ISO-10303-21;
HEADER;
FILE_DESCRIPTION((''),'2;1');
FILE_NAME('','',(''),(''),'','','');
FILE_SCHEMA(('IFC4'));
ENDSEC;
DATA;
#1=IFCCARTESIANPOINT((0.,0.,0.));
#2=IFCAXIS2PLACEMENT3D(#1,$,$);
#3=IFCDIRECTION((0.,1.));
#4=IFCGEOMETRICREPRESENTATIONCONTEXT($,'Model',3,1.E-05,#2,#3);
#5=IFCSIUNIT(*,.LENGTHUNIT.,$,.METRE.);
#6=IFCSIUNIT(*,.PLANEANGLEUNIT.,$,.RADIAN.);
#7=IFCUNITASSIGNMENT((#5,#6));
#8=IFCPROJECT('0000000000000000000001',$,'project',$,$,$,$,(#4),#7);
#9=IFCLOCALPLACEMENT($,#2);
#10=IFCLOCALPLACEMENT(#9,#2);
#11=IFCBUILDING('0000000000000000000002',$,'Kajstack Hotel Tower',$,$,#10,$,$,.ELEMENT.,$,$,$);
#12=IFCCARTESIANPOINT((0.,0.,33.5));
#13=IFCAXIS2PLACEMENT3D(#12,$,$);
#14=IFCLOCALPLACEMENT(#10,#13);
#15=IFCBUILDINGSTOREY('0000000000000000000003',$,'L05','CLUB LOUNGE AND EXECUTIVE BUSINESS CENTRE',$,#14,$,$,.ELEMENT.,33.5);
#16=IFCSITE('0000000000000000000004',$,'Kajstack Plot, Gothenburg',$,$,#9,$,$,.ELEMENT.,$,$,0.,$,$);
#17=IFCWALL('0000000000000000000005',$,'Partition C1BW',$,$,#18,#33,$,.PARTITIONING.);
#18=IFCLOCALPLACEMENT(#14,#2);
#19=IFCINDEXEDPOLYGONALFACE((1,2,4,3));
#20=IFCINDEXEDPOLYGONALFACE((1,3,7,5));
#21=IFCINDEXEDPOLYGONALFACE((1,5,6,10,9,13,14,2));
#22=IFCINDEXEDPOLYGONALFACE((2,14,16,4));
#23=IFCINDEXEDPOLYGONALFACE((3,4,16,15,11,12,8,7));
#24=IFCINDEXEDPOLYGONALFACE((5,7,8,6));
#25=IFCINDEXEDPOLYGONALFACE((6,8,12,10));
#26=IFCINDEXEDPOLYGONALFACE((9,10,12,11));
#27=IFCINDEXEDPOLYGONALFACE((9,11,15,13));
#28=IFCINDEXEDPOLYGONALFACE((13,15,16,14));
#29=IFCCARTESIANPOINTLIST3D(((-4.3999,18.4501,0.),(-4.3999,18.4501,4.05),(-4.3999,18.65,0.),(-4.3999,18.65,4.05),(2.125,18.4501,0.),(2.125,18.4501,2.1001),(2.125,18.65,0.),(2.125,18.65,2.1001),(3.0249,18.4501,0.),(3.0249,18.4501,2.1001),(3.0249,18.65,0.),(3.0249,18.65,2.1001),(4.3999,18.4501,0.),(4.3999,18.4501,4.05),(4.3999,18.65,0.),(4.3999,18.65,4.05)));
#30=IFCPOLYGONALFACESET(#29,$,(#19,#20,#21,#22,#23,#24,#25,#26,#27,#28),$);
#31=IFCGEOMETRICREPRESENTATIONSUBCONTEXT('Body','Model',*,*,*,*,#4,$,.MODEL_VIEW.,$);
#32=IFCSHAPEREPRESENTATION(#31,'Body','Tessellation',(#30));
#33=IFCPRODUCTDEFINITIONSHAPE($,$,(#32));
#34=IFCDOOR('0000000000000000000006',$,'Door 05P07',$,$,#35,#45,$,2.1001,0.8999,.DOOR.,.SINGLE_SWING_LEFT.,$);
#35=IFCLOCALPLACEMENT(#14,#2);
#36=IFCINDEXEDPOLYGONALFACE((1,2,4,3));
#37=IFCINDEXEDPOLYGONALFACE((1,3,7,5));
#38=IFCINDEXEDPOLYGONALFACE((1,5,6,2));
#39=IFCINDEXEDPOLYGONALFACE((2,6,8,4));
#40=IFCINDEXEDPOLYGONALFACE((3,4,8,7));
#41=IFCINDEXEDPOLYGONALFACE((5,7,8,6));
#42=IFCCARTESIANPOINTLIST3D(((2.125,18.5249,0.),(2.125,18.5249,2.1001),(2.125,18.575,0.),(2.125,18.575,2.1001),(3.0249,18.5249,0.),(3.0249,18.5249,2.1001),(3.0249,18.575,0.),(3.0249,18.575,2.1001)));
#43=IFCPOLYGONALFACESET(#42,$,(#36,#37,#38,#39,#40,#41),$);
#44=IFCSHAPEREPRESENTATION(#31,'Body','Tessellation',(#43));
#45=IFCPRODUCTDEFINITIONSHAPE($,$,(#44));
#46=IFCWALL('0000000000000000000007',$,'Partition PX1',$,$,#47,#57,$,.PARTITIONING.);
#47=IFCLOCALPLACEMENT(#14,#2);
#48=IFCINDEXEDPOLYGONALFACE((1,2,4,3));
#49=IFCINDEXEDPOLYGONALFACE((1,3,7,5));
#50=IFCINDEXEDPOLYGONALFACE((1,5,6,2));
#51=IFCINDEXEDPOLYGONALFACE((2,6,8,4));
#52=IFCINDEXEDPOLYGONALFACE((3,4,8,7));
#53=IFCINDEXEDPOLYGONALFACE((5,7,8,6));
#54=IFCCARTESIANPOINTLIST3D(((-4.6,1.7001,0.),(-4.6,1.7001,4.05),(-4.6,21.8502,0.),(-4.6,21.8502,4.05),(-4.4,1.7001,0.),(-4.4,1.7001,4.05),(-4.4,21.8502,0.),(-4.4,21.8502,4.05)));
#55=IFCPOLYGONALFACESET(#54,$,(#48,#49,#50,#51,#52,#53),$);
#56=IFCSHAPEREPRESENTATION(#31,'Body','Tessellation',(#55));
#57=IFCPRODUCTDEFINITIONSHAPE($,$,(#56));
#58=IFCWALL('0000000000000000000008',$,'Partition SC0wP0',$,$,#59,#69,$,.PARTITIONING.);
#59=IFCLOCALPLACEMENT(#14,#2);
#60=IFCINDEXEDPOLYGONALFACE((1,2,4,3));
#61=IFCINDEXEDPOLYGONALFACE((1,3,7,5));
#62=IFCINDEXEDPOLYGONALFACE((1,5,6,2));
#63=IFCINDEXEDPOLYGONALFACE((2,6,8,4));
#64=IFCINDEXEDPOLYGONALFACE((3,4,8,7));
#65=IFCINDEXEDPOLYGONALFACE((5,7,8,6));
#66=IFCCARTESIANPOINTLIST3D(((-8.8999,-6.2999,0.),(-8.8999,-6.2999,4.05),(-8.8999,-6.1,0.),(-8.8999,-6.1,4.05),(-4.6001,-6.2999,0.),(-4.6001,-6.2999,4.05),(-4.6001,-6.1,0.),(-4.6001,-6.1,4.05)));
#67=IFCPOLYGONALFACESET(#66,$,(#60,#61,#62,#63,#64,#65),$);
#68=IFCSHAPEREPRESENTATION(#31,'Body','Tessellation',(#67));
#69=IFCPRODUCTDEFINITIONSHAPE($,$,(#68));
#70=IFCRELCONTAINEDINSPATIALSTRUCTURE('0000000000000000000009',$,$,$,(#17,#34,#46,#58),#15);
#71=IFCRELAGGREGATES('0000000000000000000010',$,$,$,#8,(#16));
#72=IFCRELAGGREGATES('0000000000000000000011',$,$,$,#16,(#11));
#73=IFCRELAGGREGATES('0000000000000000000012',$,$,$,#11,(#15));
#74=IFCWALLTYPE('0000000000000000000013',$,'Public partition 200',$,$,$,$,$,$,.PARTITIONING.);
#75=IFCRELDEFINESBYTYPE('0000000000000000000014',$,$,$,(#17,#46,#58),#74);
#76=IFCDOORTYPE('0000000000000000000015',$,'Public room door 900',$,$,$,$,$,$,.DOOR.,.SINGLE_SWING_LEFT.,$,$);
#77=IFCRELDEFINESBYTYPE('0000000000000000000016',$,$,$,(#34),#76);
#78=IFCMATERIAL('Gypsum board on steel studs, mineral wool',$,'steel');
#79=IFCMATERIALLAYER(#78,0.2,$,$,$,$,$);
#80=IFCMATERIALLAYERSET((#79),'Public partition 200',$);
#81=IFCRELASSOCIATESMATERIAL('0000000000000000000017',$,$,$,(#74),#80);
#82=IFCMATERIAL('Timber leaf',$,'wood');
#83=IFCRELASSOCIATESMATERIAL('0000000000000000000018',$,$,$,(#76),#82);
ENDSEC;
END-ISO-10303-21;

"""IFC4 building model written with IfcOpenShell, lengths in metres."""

from ifc_helpers import new_model, si_unit, direction, frame, frame_2d, origin, place, context, subcontext, project, spatial, rectangle, extrude, material, layer, layer_set, type_object, element, fill, save


model = new_model("IFC4")

# Units and contexts
model_context = context("Model", 3, precision=1e-05, world=origin(), true_north=direction((0.0, 1.0)))
body_context = subcontext(model_context, "Body", "Model", "MODEL_VIEW")
ifc_project = project(units=[si_unit("LENGTHUNIT", "METRE"), si_unit("PLANEANGLEUNIT", "RADIAN")], contexts=[model_context])

# Site, building, storey
site_placement = place(None, origin())
site = spatial("IfcSite", under=ifc_project, at=site_placement, Name="Kajstack Plot, Gothenburg", CompositionType="ELEMENT", RefElevation=0.0)
building_placement = place(site_placement, origin())
building = spatial("IfcBuilding", under=site, at=building_placement, Name="Kajstack Hotel Tower", CompositionType="ELEMENT")
storey_placement = place(building_placement, frame((0.0, 0.0, 33.5)))
storey = spatial("IfcBuildingStorey", under=building, at=storey_placement, Name="L05", Description="CLUB LOUNGE AND EXECUTIVE BUSINESS CENTRE", CompositionType="ELEMENT", Elevation=33.5)

# Shared definitions
ifc_material_1 = material(Name="Gypsum board on steel studs, mineral wool", Category="steel")
ifc_layer_1 = layer(ifc_material_1, 0.2)
ifc_layer_set_1 = layer_set([ifc_layer_1], Name="Public partition 200")
wall_type_1 = type_object("IfcWallType", Name="Public partition 200", PredefinedType="PARTITIONING", material=ifc_layer_set_1)

# Wall, opening, door
wall_1_placement = place(storey_placement, frame((-4.3999, 18.55, 0.0), z_axis=(0.0, 0.0, 1.0), x_axis=(1.0, 0.0, 0.0)))
wall_1 = element("IfcWall", 1, at=wall_1_placement, inside=storey, type_object=wall_type_1, Name="Partition C1BW", PredefinedType="PARTITIONING", context=body_context, shape_type="SweptSolid", body=[
    extrude(rectangle(XDim=8.7998, YDim=0.2, at=frame_2d((4.3999, 0.0))), origin(), (0.0, 0.0, 1.0), 4.05),
])
opening_1_placement = place(wall_1_placement, frame((6.5249, 0.0, 0.0)))
opening_1 = element("IfcOpeningElement", 2, at=opening_1_placement, cuts=wall_1, PredefinedType="OPENING", context=body_context, shape_type="SweptSolid", body=[
    extrude(rectangle(XDim=0.8999, YDim=2.1001, at=frame_2d((0.45, 1.05))), frame((0.0, 0.1099, 0.0), z_axis=(0.0, -1.0, 0.0), x_axis=(1.0, 0.0, 0.0)), (0.0, 0.0, 1.0), 0.22),
])
ifc_material_2 = material(Name="Timber leaf", Category="wood")
door_type_1 = type_object("IfcDoorType", Name="Public room door 900", OperationType="SINGLE_SWING_LEFT", PredefinedType="DOOR", material=ifc_material_2)
door_1_placement = place(opening_1_placement, origin())
door_1 = element("IfcDoor", 3, at=door_1_placement, inside=storey, type_object=door_type_1, Name="Door 05P07", OperationType="SINGLE_SWING_LEFT", OverallHeight=2.1001, OverallWidth=0.8999, PredefinedType="DOOR", context=body_context, shape_type="SweptSolid", body=[
    extrude(rectangle(XDim=0.8999, YDim=2.1001, at=frame_2d((0.45, 1.05))), frame((0.0, 0.0249, 0.0), z_axis=(0.0, -1.0, 0.0), x_axis=(1.0, 0.0, 0.0)), (0.0, 0.0, 1.0), 0.05),
])
fill(opening_1, door_1)

# Walls
wall_2_placement = place(storey_placement, frame((-4.5, 1.7, 0.0), z_axis=(0.0, 0.0, 1.0), x_axis=(0.0, 1.0, 0.0)))
element("IfcWall", 4, at=wall_2_placement, inside=storey, type_object=wall_type_1, Name="Partition PX1", PredefinedType="PARTITIONING", context=body_context, shape_type="SweptSolid", body=[
    extrude(rectangle(XDim=20.1501, YDim=0.2, at=frame_2d((10.0752, 0.0))), origin(), (0.0, 0.0, 1.0), 4.05),
])
wall_3_placement = place(storey_placement, frame((-8.8999, -6.2, 0.0), z_axis=(0.0, 0.0, 1.0), x_axis=(1.0, 0.0, 0.0)))
element("IfcWall", 5, at=wall_3_placement, inside=storey, type_object=wall_type_1, Name="Partition SC0wP0", PredefinedType="PARTITIONING", context=body_context, shape_type="SweptSolid", body=[
    extrude(rectangle(XDim=4.2998, YDim=0.2, at=frame_2d((2.1499, 0.0))), origin(), (0.0, 0.0, 1.0), 4.05),
])

save(model, "model.ifc")
